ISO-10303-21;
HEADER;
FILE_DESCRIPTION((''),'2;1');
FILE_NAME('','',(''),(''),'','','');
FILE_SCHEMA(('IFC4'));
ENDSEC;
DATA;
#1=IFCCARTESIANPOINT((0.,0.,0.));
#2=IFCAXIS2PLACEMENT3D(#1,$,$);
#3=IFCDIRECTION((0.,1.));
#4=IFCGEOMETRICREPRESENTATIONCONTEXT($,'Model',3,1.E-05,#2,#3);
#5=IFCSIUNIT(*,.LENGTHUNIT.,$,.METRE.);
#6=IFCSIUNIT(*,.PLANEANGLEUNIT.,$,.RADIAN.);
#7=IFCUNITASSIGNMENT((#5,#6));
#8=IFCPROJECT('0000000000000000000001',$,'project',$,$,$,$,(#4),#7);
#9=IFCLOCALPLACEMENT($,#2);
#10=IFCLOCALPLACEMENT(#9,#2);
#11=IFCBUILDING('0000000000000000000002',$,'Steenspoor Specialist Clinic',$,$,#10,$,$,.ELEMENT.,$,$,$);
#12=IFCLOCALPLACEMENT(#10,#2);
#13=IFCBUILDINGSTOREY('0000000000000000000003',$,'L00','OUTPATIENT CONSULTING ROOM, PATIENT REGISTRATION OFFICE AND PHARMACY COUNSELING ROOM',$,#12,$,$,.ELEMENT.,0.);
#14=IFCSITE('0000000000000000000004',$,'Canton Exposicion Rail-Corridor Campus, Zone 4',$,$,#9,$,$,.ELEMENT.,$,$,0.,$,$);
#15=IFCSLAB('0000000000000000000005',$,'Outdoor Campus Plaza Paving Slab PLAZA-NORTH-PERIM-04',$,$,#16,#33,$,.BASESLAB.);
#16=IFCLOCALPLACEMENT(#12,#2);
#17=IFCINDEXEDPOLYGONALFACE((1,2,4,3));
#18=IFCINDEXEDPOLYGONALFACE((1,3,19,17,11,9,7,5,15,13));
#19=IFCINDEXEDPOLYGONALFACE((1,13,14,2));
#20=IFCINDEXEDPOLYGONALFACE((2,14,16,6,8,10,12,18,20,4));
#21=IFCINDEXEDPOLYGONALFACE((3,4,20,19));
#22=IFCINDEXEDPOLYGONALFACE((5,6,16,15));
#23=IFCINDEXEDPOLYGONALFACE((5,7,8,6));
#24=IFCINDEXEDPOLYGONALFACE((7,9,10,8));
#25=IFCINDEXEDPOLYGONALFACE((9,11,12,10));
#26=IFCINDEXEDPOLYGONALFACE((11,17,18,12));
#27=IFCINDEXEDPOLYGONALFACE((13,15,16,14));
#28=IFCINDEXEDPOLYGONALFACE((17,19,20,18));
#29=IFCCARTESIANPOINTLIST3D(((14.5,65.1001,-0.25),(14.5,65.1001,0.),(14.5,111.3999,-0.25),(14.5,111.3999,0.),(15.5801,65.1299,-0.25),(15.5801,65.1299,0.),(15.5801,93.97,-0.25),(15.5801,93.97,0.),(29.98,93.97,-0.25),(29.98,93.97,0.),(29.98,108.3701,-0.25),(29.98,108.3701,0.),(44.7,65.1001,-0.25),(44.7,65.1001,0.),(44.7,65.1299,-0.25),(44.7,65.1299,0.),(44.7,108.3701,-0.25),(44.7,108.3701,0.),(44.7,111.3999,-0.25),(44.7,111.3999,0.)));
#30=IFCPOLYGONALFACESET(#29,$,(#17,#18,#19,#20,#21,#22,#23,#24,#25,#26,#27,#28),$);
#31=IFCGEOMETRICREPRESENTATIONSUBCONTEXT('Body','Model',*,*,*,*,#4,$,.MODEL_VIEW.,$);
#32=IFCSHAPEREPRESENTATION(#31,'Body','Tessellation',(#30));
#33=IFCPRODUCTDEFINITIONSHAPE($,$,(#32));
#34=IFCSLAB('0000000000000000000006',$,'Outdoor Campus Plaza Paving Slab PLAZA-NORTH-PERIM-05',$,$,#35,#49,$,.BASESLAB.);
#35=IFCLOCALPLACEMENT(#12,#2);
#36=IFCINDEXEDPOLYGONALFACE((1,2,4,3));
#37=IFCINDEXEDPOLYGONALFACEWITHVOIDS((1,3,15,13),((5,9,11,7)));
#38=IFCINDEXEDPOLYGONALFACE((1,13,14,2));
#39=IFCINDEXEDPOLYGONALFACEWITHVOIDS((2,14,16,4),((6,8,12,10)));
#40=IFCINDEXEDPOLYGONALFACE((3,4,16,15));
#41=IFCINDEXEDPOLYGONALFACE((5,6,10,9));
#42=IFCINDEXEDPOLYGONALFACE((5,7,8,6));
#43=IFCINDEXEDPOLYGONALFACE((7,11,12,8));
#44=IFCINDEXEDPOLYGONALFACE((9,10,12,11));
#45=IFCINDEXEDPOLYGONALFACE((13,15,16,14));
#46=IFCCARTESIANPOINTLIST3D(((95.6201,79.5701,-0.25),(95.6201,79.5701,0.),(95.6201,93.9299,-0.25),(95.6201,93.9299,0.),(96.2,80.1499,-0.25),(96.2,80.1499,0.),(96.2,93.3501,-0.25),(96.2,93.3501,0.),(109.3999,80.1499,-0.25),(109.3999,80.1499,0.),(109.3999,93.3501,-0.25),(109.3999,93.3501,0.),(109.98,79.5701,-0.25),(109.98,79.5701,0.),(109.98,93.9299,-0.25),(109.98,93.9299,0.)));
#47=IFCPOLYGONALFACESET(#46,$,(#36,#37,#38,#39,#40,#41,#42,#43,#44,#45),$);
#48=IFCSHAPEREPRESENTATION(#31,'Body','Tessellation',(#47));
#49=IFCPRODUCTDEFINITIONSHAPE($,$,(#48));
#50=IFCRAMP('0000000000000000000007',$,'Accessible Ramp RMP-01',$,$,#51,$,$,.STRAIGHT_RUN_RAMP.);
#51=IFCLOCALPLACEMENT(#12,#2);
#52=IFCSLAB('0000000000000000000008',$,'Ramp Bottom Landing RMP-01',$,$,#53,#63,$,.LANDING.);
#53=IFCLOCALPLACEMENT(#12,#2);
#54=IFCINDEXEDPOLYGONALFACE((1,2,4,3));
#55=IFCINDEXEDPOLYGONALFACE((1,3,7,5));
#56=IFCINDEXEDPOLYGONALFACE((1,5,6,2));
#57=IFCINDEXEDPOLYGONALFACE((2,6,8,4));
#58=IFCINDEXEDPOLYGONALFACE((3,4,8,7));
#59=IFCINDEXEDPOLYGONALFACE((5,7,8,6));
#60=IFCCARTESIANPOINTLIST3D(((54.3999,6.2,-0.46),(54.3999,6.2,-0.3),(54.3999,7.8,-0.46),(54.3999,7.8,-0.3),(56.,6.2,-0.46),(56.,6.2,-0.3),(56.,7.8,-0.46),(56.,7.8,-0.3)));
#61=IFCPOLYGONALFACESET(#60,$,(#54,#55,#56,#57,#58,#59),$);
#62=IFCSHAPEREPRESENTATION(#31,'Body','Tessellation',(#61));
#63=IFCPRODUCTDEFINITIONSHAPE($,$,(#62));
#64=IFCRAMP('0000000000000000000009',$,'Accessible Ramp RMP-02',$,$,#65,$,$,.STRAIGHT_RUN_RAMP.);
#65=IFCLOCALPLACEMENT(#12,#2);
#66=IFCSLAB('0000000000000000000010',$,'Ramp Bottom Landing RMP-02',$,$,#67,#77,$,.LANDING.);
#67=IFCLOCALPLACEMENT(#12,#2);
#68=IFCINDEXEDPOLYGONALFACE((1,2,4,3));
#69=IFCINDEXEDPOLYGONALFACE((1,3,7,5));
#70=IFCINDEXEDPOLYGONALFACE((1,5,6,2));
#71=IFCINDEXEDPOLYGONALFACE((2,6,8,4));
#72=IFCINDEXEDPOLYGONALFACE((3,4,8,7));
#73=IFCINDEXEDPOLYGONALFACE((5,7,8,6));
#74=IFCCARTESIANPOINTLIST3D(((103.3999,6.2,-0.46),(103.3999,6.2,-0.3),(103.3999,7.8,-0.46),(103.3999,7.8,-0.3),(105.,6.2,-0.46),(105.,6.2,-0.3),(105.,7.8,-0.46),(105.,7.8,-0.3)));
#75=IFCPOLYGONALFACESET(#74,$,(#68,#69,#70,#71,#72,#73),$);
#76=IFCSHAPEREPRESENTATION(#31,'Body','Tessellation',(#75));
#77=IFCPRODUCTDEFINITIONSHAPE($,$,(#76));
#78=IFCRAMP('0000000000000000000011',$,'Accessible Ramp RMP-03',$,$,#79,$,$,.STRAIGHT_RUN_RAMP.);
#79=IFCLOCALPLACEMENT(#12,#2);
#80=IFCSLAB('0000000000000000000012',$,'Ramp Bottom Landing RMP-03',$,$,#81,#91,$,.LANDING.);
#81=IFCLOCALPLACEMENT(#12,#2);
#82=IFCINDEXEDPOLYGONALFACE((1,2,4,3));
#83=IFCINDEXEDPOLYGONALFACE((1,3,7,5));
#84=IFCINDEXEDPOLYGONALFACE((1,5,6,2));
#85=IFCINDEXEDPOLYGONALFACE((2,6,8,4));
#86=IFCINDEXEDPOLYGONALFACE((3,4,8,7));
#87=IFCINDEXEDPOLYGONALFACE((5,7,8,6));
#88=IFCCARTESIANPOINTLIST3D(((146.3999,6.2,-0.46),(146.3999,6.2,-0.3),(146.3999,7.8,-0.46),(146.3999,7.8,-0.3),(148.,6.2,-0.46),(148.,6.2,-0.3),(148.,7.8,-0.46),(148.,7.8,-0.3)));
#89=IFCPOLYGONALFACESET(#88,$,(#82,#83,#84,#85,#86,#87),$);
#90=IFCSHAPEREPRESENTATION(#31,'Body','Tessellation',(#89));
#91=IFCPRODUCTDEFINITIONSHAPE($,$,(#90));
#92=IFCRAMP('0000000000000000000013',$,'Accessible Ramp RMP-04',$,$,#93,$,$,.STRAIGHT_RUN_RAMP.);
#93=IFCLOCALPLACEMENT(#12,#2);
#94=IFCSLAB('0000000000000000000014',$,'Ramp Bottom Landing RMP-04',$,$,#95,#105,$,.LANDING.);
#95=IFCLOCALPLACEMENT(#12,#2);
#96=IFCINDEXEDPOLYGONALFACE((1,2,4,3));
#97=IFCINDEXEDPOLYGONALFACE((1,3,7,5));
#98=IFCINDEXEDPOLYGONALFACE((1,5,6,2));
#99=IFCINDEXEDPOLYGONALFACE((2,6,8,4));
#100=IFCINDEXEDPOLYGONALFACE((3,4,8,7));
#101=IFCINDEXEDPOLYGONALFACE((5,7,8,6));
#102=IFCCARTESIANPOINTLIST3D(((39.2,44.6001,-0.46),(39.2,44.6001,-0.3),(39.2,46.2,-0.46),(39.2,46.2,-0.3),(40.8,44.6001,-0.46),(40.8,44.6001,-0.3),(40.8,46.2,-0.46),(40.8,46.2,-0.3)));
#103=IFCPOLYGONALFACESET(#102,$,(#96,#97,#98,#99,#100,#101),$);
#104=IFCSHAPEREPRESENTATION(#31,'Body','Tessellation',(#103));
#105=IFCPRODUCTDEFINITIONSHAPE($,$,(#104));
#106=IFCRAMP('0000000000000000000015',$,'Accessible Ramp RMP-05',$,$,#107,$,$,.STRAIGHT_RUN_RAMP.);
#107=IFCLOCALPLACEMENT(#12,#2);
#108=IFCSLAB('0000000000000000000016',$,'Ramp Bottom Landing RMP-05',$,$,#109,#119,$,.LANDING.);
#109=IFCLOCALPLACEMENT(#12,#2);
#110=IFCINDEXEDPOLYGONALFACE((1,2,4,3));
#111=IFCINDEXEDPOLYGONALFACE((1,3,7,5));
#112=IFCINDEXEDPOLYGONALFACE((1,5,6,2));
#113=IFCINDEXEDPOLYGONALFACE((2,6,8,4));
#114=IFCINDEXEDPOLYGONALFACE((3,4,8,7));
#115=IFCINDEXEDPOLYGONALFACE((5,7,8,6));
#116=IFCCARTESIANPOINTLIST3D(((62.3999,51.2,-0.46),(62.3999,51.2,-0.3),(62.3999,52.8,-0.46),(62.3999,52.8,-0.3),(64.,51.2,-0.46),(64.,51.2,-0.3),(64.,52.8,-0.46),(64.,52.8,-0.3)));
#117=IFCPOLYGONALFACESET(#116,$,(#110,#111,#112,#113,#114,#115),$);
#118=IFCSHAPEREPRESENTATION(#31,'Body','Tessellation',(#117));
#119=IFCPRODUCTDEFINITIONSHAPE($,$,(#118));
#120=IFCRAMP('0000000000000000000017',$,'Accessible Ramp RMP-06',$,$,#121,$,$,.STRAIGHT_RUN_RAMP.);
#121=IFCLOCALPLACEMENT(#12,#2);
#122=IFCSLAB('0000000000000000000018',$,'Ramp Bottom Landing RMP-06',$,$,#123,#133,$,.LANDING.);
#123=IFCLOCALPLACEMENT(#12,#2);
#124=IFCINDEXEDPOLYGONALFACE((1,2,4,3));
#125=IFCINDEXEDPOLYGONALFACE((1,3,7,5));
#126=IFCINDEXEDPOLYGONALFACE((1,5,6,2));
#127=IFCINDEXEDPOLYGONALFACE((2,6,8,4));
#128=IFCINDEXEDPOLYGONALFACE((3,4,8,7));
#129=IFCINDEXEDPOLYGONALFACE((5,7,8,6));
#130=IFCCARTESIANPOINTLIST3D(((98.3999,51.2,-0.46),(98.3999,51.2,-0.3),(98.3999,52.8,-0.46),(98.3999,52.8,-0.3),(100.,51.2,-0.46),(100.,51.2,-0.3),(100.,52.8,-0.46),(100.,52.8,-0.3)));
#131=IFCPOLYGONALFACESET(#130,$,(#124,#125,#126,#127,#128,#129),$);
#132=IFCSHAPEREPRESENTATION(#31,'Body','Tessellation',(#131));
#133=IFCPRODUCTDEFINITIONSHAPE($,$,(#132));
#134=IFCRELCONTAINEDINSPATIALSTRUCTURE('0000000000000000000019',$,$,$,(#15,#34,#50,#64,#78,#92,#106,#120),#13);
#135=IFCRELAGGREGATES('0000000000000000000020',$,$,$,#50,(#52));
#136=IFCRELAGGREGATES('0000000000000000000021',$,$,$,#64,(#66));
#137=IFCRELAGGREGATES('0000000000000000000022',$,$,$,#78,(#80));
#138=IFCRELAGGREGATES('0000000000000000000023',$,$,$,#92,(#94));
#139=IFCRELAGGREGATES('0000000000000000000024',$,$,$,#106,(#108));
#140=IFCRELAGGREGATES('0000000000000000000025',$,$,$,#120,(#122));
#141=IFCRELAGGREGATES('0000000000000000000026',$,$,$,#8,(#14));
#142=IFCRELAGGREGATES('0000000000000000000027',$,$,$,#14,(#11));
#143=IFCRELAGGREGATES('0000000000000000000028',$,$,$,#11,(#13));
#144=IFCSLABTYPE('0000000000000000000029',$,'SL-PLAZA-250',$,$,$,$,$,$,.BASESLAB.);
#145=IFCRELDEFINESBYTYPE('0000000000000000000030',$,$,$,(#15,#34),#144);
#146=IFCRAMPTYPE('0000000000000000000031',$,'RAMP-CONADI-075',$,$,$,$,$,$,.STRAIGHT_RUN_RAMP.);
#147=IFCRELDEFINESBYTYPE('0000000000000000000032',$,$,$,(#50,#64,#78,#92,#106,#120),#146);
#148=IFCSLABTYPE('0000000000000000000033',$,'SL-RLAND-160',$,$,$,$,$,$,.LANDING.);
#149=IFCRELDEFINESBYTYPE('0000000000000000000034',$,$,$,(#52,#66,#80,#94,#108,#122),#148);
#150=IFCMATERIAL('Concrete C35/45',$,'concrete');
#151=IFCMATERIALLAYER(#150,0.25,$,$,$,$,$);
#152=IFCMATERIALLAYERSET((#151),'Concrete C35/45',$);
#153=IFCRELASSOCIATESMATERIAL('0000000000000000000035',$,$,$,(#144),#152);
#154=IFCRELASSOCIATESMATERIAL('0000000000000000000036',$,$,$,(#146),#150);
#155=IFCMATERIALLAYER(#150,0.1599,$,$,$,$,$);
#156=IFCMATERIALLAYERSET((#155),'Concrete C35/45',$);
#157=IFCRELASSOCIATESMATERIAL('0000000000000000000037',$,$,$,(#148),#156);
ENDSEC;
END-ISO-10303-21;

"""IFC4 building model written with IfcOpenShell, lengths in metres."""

from ifc_helpers import new_model, si_unit, direction, frame, origin, place, context, subcontext, project, spatial, polyline, outline, extrude, material, layer, layer_set, type_object, element, aggregate, save


model = new_model("IFC4")

# Units and contexts
model_context = context("Model", 3, precision=1e-05, world=origin(), true_north=direction((0.0, 1.0)))
body_context = subcontext(model_context, "Body", "Model", "MODEL_VIEW")
ifc_project = project(units=[si_unit("LENGTHUNIT", "METRE"), si_unit("PLANEANGLEUNIT", "RADIAN")], contexts=[model_context])

# Site, building, storey
site_placement = place(None, origin())
site = spatial("IfcSite", under=ifc_project, at=site_placement, Name="Canton Exposicion Rail-Corridor Campus, Zone 4", CompositionType="ELEMENT", RefElevation=0.0)
building_placement = place(site_placement, origin())
building = spatial("IfcBuilding", under=site, at=building_placement, Name="Steenspoor Specialist Clinic", CompositionType="ELEMENT")
storey_placement = place(building_placement, origin())
storey = spatial("IfcBuildingStorey", under=building, at=storey_placement, Name="L00", Description="OUTPATIENT CONSULTING ROOM, PATIENT REGISTRATION OFFICE AND PHARMACY COUNSELING ROOM", CompositionType="ELEMENT", Elevation=0.0)

# Slabs
ifc_material = material(Name="Concrete C35/45", Category="concrete")
ifc_layer_1 = layer(ifc_material, 0.25)
ifc_layer_set_1 = layer_set([ifc_layer_1], Name="Concrete C35/45")
slab_type_1 = type_object("IfcSlabType", Name="SL-PLAZA-250", PredefinedType="BASESLAB", material=ifc_layer_set_1)
slab_1_placement = place(storey_placement, frame((0.0, 0.0, -0.25)))
element("IfcSlab", 1, at=slab_1_placement, inside=storey, type_object=slab_type_1, Name="Outdoor Campus Plaza Paving Slab PLAZA-NORTH-PERIM-04", PredefinedType="BASESLAB", context=body_context, shape_type="SweptSolid", body=[
    extrude(outline(polyline([(14.5, 65.1001), (14.5, 111.3999), (44.7, 111.3999), (44.7, 108.3701), (29.98, 108.3701), (29.98, 93.97), (15.5801, 93.97), (15.5801, 65.1299), (44.7, 65.1299), (44.7, 65.1001), (14.5, 65.1001)])), origin(), (0.0, 0.0, 1.0), 0.25),
])
slab_2_placement = place(storey_placement, frame((0.0, 0.0, -0.25)))
element("IfcSlab", 2, at=slab_2_placement, inside=storey, type_object=slab_type_1, Name="Outdoor Campus Plaza Paving Slab PLAZA-NORTH-PERIM-05", PredefinedType="BASESLAB", context=body_context, shape_type="SweptSolid", body=[
    extrude(outline(polyline([(109.98, 79.5701), (95.6201, 79.5701), (95.6201, 93.9299), (109.98, 93.9299), (109.98, 79.5701)]), holes=[polyline([(109.3999, 80.1499), (109.3999, 93.3501), (96.2, 93.3501), (96.2, 80.1499), (109.3999, 80.1499)])]), origin(), (0.0, 0.0, 1.0), 0.25),
])

# Ramps, slabs
ramp_type = type_object("IfcRampType", Name="RAMP-CONADI-075", PredefinedType="STRAIGHT_RUN_RAMP", material=ifc_material)
ramp_1_placement = place(storey_placement, origin())
ramp_1 = element("IfcRamp", 3, at=ramp_1_placement, inside=storey, type_object=ramp_type, Name="Accessible Ramp RMP-01", PredefinedType="STRAIGHT_RUN_RAMP")
ifc_layer_2 = layer(ifc_material, 0.1599)
ifc_layer_set_2 = layer_set([ifc_layer_2], Name="Concrete C35/45")
slab_type_2 = type_object("IfcSlabType", Name="SL-RLAND-160", PredefinedType="LANDING", material=ifc_layer_set_2)
slab_3_placement = place(storey_placement, frame((0.0, 0.0, -0.46)))
slab_3 = element("IfcSlab", 4, at=slab_3_placement, type_object=slab_type_2, Name="Ramp Bottom Landing RMP-01", PredefinedType="LANDING", context=body_context, shape_type="SweptSolid", body=[
    extrude(outline(polyline([(54.3999, 6.2), (56.0, 6.2), (56.0, 7.8), (54.3999, 7.8), (54.3999, 6.2)])), origin(), (0.0, 0.0, 1.0), 0.1599),
])
aggregate(ramp_1, [slab_3])
ramp_2_placement = place(storey_placement, origin())
ramp_2 = element("IfcRamp", 5, at=ramp_2_placement, inside=storey, type_object=ramp_type, Name="Accessible Ramp RMP-02", PredefinedType="STRAIGHT_RUN_RAMP")
slab_4_placement = place(storey_placement, frame((0.0, 0.0, -0.46)))
slab_4 = element("IfcSlab", 6, at=slab_4_placement, type_object=slab_type_2, Name="Ramp Bottom Landing RMP-02", PredefinedType="LANDING", context=body_context, shape_type="SweptSolid", body=[
    extrude(outline(polyline([(103.3999, 6.2), (105.0, 6.2), (105.0, 7.8), (103.3999, 7.8), (103.3999, 6.2)])), origin(), (0.0, 0.0, 1.0), 0.1599),
])
aggregate(ramp_2, [slab_4])
ramp_3_placement = place(storey_placement, origin())
ramp_3 = element("IfcRamp", 7, at=ramp_3_placement, inside=storey, type_object=ramp_type, Name="Accessible Ramp RMP-03", PredefinedType="STRAIGHT_RUN_RAMP")
slab_5_placement = place(storey_placement, frame((0.0, 0.0, -0.46)))
slab_5 = element("IfcSlab", 8, at=slab_5_placement, type_object=slab_type_2, Name="Ramp Bottom Landing RMP-03", PredefinedType="LANDING", context=body_context, shape_type="SweptSolid", body=[
    extrude(outline(polyline([(146.3999, 6.2), (148.0, 6.2), (148.0, 7.8), (146.3999, 7.8), (146.3999, 6.2)])), origin(), (0.0, 0.0, 1.0), 0.1599),
])
aggregate(ramp_3, [slab_5])
ramp_4_placement = place(storey_placement, origin())
ramp_4 = element("IfcRamp", 9, at=ramp_4_placement, inside=storey, type_object=ramp_type, Name="Accessible Ramp RMP-04", PredefinedType="STRAIGHT_RUN_RAMP")
slab_6_placement = place(storey_placement, frame((0.0, 0.0, -0.46)))
slab_6 = element("IfcSlab", 10, at=slab_6_placement, type_object=slab_type_2, Name="Ramp Bottom Landing RMP-04", PredefinedType="LANDING", context=body_context, shape_type="SweptSolid", body=[
    extrude(outline(polyline([(40.8, 44.6001), (40.8, 46.2), (39.2, 46.2), (39.2, 44.6001), (40.8, 44.6001)])), origin(), (0.0, 0.0, 1.0), 0.1599),
])
aggregate(ramp_4, [slab_6])
ramp_5_placement = place(storey_placement, origin())
ramp_5 = element("IfcRamp", 11, at=ramp_5_placement, inside=storey, type_object=ramp_type, Name="Accessible Ramp RMP-05", PredefinedType="STRAIGHT_RUN_RAMP")
slab_7_placement = place(storey_placement, frame((0.0, 0.0, -0.46)))
slab_7 = element("IfcSlab", 12, at=slab_7_placement, type_object=slab_type_2, Name="Ramp Bottom Landing RMP-05", PredefinedType="LANDING", context=body_context, shape_type="SweptSolid", body=[
    extrude(outline(polyline([(62.3999, 51.2), (64.0, 51.2), (64.0, 52.8), (62.3999, 52.8), (62.3999, 51.2)])), origin(), (0.0, 0.0, 1.0), 0.1599),
])
aggregate(ramp_5, [slab_7])
ramp_6_placement = place(storey_placement, origin())
ramp_6 = element("IfcRamp", 13, at=ramp_6_placement, inside=storey, type_object=ramp_type, Name="Accessible Ramp RMP-06", PredefinedType="STRAIGHT_RUN_RAMP")
slab_8_placement = place(storey_placement, frame((0.0, 0.0, -0.46)))
slab_8 = element("IfcSlab", 14, at=slab_8_placement, type_object=slab_type_2, Name="Ramp Bottom Landing RMP-06", PredefinedType="LANDING", context=body_context, shape_type="SweptSolid", body=[
    extrude(outline(polyline([(98.3999, 51.2), (100.0, 51.2), (100.0, 52.8), (98.3999, 52.8), (98.3999, 51.2)])), origin(), (0.0, 0.0, 1.0), 0.1599),
])
aggregate(ramp_6, [slab_8])

save(model, "model.ifc")
